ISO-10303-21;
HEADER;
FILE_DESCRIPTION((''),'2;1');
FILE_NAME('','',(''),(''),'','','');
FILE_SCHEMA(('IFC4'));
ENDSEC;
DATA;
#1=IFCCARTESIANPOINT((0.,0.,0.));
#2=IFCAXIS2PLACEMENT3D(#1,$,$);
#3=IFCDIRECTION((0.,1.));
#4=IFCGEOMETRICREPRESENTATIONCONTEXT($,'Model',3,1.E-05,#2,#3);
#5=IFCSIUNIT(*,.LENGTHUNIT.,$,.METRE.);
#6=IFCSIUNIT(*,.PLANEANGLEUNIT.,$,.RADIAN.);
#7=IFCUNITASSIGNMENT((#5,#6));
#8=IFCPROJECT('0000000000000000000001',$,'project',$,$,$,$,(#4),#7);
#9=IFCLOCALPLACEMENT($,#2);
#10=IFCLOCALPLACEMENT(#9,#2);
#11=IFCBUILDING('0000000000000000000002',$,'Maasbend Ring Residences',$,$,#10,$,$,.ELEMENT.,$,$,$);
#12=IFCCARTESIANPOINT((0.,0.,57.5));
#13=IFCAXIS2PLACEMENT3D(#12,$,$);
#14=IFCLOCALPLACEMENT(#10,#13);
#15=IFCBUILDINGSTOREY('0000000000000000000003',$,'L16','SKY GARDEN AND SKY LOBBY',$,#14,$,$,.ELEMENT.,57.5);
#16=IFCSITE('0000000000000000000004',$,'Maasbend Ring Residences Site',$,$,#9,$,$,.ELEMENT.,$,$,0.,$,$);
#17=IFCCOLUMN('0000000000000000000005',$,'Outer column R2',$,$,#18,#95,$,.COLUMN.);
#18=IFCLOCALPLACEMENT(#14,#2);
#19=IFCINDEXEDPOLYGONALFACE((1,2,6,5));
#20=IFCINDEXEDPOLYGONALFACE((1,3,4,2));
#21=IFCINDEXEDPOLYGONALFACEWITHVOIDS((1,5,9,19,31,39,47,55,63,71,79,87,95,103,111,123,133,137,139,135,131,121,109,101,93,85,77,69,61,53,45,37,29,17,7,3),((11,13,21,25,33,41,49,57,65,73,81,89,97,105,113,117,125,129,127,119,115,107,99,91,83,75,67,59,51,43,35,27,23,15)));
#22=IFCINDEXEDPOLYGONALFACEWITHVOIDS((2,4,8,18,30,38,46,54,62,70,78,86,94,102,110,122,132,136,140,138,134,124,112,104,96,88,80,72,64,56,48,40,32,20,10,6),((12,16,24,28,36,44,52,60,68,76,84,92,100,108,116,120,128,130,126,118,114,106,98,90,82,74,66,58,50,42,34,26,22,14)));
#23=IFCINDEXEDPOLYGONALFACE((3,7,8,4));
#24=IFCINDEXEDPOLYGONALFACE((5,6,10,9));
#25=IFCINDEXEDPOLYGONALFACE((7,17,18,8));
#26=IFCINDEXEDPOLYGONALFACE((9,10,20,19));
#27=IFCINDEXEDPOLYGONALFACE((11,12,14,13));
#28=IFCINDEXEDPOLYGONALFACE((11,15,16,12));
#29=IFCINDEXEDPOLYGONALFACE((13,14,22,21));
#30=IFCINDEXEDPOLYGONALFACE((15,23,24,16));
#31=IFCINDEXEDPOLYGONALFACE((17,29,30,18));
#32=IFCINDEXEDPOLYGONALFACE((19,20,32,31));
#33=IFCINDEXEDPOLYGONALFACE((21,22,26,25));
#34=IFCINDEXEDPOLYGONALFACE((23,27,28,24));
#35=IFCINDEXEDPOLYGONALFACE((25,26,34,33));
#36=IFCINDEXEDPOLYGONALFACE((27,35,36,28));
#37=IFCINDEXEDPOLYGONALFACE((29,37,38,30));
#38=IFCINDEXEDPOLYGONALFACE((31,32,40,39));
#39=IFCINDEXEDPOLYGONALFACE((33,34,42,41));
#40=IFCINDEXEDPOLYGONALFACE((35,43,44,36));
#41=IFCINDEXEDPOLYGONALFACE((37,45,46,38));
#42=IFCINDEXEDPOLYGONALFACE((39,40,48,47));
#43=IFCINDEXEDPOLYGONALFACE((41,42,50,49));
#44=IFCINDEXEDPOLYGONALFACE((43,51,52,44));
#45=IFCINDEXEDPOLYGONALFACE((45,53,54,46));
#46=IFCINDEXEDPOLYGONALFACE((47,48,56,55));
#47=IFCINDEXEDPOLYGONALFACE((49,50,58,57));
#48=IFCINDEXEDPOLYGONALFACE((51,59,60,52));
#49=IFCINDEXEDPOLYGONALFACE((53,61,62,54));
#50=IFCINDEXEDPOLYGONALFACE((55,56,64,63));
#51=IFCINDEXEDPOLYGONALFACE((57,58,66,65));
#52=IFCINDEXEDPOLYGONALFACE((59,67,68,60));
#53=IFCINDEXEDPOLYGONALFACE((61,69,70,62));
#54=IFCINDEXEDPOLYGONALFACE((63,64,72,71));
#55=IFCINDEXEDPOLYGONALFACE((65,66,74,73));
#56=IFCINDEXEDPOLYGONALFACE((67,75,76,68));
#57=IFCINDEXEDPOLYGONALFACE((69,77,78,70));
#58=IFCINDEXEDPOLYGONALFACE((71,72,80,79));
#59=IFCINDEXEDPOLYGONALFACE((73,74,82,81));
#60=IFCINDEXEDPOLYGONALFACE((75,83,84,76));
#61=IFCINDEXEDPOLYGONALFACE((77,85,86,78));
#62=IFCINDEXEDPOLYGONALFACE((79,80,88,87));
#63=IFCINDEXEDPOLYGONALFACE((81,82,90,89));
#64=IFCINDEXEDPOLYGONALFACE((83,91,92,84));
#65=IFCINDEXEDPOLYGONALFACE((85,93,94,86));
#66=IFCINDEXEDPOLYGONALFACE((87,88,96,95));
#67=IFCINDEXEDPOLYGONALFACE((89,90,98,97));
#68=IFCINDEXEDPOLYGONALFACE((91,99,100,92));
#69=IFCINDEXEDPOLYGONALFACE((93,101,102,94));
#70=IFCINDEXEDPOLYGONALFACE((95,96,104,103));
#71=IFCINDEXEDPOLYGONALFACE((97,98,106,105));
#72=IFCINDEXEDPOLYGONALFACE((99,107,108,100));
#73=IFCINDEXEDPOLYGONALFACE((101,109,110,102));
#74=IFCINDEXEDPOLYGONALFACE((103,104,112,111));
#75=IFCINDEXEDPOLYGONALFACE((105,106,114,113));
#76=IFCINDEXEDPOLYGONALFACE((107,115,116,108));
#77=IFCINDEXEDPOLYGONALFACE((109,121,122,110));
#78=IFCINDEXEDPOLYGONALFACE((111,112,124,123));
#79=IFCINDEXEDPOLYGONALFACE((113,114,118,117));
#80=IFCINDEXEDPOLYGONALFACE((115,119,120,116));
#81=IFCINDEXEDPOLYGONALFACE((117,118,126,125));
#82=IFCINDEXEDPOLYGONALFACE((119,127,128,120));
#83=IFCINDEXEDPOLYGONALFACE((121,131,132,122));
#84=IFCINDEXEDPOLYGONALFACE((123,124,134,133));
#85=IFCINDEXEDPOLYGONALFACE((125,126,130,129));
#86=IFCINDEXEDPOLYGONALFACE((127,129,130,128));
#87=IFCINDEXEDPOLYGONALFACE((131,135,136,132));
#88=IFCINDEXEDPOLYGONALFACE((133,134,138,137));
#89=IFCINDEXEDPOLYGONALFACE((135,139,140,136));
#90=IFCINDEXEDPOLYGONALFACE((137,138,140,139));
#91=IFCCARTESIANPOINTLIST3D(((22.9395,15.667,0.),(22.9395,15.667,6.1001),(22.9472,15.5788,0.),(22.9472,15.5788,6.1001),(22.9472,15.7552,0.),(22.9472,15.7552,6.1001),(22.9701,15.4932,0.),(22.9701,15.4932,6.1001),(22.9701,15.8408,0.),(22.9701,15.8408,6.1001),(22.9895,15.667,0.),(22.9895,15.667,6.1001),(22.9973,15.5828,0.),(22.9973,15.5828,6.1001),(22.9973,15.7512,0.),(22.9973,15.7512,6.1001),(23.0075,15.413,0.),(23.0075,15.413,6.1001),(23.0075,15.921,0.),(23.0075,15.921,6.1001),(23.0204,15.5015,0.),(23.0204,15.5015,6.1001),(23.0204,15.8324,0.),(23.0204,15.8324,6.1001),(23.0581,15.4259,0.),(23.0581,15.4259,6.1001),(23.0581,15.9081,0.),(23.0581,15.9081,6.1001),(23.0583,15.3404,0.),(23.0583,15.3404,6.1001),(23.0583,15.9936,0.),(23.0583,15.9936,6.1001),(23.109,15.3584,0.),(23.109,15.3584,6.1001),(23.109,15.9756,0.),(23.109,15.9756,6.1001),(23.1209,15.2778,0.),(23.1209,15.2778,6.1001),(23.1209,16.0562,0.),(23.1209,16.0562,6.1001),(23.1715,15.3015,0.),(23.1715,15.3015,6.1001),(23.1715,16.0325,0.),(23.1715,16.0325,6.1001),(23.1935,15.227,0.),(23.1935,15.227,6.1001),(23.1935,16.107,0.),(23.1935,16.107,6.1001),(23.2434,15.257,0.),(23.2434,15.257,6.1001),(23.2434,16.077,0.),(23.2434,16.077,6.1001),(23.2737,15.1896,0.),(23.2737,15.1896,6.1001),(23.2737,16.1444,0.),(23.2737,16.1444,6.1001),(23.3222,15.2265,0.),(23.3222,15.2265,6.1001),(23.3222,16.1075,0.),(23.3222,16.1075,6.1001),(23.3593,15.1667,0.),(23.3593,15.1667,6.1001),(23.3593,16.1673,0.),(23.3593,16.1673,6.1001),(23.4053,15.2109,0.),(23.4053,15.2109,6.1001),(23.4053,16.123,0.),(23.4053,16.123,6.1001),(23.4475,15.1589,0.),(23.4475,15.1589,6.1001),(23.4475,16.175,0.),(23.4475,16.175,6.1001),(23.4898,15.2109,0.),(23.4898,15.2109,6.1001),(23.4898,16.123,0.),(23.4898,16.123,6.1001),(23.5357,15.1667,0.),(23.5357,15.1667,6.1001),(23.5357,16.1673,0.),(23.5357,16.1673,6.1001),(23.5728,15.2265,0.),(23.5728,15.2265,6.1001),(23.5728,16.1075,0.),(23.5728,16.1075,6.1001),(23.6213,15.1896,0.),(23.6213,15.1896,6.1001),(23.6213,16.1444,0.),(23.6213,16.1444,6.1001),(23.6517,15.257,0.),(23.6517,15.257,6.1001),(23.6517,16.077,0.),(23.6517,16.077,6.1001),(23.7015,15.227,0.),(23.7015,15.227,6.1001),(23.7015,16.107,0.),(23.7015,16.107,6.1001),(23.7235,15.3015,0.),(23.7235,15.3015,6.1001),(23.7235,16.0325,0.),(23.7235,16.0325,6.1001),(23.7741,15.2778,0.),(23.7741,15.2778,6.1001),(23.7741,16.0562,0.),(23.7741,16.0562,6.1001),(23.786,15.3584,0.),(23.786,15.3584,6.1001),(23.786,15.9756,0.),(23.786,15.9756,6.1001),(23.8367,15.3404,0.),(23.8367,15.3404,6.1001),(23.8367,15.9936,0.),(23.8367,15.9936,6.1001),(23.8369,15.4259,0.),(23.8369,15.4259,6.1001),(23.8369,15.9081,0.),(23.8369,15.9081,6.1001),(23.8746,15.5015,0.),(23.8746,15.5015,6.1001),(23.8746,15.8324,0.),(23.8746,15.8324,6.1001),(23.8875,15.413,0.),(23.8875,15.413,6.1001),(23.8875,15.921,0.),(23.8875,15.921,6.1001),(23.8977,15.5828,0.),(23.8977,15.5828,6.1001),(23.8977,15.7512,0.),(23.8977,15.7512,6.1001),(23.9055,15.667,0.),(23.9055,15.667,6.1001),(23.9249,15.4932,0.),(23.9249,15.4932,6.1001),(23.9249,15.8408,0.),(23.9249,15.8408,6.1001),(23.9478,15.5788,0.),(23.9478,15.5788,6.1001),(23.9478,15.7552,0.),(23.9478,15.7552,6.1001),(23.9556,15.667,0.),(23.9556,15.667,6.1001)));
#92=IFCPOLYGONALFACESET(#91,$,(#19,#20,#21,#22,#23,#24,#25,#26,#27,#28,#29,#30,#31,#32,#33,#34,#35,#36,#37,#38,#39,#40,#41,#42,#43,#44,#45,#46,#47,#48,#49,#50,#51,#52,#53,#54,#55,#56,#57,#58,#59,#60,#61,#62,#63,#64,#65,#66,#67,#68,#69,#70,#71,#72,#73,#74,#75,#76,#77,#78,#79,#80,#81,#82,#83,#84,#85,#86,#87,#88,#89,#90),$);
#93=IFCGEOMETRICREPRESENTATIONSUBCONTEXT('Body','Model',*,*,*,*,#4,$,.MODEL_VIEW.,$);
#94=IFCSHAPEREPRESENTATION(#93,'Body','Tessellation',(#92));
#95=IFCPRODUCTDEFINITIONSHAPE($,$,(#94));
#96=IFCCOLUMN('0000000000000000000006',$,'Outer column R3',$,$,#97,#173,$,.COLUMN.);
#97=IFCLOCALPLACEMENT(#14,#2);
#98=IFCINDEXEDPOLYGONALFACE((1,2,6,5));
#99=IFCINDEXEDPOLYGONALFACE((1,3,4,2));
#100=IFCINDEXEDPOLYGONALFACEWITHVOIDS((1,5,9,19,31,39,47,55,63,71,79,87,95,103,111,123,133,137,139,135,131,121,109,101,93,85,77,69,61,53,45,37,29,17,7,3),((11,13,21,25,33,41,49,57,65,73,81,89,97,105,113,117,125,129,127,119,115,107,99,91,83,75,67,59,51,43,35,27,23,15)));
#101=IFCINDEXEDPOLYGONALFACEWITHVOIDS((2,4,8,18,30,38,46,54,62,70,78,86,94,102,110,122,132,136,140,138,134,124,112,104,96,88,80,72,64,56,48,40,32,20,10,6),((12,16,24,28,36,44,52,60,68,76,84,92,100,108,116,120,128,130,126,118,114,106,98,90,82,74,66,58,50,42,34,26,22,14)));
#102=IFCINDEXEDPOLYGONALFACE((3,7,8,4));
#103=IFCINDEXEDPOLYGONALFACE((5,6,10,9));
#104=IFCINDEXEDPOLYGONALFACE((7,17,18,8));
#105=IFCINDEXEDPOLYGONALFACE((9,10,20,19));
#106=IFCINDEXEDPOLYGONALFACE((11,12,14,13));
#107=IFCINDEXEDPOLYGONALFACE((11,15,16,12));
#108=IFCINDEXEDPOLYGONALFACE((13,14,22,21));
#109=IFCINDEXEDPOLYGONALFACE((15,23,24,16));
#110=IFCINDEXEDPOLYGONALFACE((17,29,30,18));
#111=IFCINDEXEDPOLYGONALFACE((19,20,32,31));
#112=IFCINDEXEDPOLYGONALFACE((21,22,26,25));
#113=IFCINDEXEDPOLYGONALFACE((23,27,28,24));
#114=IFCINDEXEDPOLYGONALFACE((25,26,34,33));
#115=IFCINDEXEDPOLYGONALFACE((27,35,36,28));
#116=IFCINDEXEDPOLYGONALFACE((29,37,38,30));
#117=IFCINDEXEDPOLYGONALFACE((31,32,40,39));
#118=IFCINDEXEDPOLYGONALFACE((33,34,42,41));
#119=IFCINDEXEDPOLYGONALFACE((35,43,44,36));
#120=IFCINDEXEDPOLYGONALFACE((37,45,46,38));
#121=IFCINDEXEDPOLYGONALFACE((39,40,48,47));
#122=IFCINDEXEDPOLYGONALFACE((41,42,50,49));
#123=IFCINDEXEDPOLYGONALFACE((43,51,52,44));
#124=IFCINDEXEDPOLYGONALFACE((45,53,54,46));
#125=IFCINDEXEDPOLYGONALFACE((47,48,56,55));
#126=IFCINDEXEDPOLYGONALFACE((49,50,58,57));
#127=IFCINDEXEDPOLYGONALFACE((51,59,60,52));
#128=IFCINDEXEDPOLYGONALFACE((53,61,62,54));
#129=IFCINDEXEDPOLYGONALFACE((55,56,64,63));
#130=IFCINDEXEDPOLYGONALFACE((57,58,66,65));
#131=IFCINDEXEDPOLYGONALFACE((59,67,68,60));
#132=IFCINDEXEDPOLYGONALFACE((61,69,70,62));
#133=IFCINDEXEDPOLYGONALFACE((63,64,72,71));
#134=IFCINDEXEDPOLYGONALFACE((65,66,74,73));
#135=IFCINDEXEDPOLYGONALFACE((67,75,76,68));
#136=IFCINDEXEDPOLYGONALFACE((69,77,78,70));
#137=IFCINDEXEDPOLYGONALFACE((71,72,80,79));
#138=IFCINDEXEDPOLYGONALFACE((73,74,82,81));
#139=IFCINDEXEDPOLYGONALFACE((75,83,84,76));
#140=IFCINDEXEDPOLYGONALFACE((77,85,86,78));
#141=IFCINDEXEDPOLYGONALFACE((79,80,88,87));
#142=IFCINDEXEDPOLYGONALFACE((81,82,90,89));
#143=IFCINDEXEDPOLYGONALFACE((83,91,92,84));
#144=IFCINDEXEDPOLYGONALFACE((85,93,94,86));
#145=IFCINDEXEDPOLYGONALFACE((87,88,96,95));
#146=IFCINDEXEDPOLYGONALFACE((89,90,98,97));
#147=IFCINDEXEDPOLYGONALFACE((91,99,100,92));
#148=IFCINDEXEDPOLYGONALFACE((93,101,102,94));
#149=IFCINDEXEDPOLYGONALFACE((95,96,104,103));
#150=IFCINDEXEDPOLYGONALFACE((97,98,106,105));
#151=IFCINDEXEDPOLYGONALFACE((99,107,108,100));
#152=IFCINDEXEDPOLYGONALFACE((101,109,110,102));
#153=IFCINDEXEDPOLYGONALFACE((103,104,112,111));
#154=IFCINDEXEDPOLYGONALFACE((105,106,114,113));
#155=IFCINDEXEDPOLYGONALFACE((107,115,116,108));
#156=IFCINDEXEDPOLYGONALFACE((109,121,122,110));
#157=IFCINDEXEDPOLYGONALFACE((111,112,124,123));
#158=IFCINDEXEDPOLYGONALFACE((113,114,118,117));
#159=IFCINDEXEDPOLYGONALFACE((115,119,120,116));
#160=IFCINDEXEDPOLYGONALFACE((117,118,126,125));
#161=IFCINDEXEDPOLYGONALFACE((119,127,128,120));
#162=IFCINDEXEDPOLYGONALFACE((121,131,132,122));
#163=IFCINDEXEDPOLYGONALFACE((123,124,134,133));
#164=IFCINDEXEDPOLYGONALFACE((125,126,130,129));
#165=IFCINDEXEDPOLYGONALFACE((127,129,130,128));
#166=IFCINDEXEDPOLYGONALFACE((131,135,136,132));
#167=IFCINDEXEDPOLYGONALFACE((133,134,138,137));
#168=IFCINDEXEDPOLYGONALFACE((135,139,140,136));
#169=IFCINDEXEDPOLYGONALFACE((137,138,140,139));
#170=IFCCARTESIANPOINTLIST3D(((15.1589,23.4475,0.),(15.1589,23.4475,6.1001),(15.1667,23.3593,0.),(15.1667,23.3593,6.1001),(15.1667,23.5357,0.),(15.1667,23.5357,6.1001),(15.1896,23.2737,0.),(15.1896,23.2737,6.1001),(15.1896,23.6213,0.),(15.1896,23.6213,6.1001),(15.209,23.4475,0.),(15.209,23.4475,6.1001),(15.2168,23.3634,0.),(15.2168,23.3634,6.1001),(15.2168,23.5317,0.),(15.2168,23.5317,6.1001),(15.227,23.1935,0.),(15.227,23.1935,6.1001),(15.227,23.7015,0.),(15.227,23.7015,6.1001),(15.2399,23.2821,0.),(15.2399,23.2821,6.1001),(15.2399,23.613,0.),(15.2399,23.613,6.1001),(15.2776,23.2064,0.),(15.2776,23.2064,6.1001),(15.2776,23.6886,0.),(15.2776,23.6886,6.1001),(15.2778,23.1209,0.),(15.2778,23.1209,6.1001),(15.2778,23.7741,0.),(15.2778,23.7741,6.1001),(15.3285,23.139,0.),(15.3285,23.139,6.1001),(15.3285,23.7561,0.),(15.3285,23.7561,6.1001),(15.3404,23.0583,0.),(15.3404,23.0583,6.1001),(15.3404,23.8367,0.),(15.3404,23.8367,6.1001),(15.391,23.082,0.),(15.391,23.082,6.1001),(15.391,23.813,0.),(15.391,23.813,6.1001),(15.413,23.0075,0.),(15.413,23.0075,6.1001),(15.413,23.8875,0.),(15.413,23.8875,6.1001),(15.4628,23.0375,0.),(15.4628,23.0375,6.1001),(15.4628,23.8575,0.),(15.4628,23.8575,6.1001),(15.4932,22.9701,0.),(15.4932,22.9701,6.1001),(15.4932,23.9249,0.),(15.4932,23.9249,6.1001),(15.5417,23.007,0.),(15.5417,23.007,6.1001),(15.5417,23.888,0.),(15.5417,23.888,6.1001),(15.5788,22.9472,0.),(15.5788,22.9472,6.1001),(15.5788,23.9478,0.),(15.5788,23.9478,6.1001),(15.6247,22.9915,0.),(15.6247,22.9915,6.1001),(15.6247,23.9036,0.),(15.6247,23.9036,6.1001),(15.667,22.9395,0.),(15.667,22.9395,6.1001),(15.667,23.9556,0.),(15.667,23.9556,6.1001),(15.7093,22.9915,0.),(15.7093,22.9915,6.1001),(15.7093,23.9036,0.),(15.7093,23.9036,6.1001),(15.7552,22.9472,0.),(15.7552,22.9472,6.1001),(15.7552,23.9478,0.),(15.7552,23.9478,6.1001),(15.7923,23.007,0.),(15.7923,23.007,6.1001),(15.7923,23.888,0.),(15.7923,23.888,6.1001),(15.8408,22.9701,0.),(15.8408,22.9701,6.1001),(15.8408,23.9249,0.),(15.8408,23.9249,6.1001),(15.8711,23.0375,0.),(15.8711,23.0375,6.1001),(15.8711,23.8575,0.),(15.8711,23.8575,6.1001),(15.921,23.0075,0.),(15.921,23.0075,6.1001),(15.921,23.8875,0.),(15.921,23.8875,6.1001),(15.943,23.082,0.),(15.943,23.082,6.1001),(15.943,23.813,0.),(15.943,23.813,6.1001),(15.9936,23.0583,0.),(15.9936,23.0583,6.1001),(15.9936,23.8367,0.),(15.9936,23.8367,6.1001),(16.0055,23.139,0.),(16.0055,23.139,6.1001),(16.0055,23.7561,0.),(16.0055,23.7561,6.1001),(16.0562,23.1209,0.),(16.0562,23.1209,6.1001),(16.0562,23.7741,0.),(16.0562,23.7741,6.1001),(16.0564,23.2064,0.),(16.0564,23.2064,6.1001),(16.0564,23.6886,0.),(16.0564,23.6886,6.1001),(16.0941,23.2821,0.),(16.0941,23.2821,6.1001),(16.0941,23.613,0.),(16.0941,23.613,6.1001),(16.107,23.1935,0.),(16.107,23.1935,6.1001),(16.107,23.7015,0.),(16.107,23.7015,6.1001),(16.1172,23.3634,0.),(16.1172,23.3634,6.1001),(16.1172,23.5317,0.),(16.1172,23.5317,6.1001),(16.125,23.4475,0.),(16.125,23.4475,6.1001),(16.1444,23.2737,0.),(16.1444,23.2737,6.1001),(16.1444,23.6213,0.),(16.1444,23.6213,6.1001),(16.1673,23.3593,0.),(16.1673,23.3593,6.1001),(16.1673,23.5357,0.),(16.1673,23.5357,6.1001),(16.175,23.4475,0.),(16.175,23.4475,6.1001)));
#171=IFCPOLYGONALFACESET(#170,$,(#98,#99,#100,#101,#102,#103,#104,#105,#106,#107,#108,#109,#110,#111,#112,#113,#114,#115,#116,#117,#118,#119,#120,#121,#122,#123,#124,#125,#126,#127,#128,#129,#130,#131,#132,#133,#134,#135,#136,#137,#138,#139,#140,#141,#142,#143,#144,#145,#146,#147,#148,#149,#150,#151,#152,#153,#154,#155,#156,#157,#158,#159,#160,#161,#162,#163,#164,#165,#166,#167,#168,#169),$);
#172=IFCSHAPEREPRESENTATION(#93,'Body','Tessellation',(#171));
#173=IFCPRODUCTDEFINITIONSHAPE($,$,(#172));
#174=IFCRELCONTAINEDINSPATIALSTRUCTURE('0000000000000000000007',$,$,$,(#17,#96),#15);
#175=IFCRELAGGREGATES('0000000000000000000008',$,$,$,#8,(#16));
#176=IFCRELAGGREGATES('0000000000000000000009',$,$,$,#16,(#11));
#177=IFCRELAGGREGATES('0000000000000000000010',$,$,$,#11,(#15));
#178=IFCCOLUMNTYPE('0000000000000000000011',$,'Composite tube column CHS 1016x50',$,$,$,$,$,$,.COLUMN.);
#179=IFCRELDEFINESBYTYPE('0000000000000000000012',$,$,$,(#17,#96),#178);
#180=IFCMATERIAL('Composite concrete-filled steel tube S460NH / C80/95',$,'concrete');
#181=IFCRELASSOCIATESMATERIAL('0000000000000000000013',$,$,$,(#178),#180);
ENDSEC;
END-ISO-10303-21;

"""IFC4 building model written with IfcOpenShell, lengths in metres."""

from ifc_helpers import new_model, si_unit, direction, frame, origin, origin_2d, place, context, subcontext, project, spatial, hollow_circle, extrude, material, material_profile, profile_set, type_object, element, save


model = new_model("IFC4")

# Units and contexts
model_context = context("Model", 3, precision=1e-05, world=origin(), true_north=direction((0.0, 1.0)))
body_context = subcontext(model_context, "Body", "Model", "MODEL_VIEW")
ifc_project = project(units=[si_unit("LENGTHUNIT", "METRE"), si_unit("PLANEANGLEUNIT", "RADIAN")], contexts=[model_context])

# Site, building, storey
site_placement = place(None, origin())
site = spatial("IfcSite", under=ifc_project, at=site_placement, Name="Maasbend Ring Residences Site", CompositionType="ELEMENT", RefElevation=0.0)
building_placement = place(site_placement, origin())
building = spatial("IfcBuilding", under=site, at=building_placement, Name="Maasbend Ring Residences", CompositionType="ELEMENT")
storey_placement = place(building_placement, frame((0.0, 0.0, 57.5)))
storey = spatial("IfcBuildingStorey", under=building, at=storey_placement, Name="L16", Description="SKY GARDEN AND SKY LOBBY", CompositionType="ELEMENT", Elevation=57.5)

# Columns
ifc_material_1 = material(Name="Composite concrete-filled steel tube S460NH / C80/95", Category="concrete")
ifc_material_profile_1 = material_profile(ifc_material_1, hollow_circle(Radius=0.5081, WallThickness=0.05, at=origin_2d()), Name="Composite tube column CHS 1016x50")
ifc_profile_set_1 = profile_set([ifc_material_profile_1], Name="Composite concrete-filled steel tube S460NH / C80/95")
column_type_1 = type_object("IfcColumnType", Name="Composite tube column CHS 1016x50", PredefinedType="COLUMN", material=ifc_profile_set_1)
for number, where, z_axis, x_axis, name in (
    (1, (23.4475, 15.667, 0.0), (0.0, 0.0, 1.0), (1.0, 0.0, 0.0), "Outer column R2"),
    (2, (15.667, 23.4475, 0.0), (0.0, 0.0, 1.0), (1.0, 0.0, 0.0), "Outer column R3"),
):
    element("IfcColumn", number, at=place(storey_placement, frame(where, z_axis=z_axis, x_axis=x_axis)), inside=storey, type_object=column_type_1, Name=name, PredefinedType="COLUMN", context=body_context, shape_type="SweptSolid", body=[
        extrude(hollow_circle(Radius=0.5081, WallThickness=0.05, at=origin_2d()), origin(), (0.0, 0.0, 1.0), 6.1001),
    ])

save(model, "model.ifc")
